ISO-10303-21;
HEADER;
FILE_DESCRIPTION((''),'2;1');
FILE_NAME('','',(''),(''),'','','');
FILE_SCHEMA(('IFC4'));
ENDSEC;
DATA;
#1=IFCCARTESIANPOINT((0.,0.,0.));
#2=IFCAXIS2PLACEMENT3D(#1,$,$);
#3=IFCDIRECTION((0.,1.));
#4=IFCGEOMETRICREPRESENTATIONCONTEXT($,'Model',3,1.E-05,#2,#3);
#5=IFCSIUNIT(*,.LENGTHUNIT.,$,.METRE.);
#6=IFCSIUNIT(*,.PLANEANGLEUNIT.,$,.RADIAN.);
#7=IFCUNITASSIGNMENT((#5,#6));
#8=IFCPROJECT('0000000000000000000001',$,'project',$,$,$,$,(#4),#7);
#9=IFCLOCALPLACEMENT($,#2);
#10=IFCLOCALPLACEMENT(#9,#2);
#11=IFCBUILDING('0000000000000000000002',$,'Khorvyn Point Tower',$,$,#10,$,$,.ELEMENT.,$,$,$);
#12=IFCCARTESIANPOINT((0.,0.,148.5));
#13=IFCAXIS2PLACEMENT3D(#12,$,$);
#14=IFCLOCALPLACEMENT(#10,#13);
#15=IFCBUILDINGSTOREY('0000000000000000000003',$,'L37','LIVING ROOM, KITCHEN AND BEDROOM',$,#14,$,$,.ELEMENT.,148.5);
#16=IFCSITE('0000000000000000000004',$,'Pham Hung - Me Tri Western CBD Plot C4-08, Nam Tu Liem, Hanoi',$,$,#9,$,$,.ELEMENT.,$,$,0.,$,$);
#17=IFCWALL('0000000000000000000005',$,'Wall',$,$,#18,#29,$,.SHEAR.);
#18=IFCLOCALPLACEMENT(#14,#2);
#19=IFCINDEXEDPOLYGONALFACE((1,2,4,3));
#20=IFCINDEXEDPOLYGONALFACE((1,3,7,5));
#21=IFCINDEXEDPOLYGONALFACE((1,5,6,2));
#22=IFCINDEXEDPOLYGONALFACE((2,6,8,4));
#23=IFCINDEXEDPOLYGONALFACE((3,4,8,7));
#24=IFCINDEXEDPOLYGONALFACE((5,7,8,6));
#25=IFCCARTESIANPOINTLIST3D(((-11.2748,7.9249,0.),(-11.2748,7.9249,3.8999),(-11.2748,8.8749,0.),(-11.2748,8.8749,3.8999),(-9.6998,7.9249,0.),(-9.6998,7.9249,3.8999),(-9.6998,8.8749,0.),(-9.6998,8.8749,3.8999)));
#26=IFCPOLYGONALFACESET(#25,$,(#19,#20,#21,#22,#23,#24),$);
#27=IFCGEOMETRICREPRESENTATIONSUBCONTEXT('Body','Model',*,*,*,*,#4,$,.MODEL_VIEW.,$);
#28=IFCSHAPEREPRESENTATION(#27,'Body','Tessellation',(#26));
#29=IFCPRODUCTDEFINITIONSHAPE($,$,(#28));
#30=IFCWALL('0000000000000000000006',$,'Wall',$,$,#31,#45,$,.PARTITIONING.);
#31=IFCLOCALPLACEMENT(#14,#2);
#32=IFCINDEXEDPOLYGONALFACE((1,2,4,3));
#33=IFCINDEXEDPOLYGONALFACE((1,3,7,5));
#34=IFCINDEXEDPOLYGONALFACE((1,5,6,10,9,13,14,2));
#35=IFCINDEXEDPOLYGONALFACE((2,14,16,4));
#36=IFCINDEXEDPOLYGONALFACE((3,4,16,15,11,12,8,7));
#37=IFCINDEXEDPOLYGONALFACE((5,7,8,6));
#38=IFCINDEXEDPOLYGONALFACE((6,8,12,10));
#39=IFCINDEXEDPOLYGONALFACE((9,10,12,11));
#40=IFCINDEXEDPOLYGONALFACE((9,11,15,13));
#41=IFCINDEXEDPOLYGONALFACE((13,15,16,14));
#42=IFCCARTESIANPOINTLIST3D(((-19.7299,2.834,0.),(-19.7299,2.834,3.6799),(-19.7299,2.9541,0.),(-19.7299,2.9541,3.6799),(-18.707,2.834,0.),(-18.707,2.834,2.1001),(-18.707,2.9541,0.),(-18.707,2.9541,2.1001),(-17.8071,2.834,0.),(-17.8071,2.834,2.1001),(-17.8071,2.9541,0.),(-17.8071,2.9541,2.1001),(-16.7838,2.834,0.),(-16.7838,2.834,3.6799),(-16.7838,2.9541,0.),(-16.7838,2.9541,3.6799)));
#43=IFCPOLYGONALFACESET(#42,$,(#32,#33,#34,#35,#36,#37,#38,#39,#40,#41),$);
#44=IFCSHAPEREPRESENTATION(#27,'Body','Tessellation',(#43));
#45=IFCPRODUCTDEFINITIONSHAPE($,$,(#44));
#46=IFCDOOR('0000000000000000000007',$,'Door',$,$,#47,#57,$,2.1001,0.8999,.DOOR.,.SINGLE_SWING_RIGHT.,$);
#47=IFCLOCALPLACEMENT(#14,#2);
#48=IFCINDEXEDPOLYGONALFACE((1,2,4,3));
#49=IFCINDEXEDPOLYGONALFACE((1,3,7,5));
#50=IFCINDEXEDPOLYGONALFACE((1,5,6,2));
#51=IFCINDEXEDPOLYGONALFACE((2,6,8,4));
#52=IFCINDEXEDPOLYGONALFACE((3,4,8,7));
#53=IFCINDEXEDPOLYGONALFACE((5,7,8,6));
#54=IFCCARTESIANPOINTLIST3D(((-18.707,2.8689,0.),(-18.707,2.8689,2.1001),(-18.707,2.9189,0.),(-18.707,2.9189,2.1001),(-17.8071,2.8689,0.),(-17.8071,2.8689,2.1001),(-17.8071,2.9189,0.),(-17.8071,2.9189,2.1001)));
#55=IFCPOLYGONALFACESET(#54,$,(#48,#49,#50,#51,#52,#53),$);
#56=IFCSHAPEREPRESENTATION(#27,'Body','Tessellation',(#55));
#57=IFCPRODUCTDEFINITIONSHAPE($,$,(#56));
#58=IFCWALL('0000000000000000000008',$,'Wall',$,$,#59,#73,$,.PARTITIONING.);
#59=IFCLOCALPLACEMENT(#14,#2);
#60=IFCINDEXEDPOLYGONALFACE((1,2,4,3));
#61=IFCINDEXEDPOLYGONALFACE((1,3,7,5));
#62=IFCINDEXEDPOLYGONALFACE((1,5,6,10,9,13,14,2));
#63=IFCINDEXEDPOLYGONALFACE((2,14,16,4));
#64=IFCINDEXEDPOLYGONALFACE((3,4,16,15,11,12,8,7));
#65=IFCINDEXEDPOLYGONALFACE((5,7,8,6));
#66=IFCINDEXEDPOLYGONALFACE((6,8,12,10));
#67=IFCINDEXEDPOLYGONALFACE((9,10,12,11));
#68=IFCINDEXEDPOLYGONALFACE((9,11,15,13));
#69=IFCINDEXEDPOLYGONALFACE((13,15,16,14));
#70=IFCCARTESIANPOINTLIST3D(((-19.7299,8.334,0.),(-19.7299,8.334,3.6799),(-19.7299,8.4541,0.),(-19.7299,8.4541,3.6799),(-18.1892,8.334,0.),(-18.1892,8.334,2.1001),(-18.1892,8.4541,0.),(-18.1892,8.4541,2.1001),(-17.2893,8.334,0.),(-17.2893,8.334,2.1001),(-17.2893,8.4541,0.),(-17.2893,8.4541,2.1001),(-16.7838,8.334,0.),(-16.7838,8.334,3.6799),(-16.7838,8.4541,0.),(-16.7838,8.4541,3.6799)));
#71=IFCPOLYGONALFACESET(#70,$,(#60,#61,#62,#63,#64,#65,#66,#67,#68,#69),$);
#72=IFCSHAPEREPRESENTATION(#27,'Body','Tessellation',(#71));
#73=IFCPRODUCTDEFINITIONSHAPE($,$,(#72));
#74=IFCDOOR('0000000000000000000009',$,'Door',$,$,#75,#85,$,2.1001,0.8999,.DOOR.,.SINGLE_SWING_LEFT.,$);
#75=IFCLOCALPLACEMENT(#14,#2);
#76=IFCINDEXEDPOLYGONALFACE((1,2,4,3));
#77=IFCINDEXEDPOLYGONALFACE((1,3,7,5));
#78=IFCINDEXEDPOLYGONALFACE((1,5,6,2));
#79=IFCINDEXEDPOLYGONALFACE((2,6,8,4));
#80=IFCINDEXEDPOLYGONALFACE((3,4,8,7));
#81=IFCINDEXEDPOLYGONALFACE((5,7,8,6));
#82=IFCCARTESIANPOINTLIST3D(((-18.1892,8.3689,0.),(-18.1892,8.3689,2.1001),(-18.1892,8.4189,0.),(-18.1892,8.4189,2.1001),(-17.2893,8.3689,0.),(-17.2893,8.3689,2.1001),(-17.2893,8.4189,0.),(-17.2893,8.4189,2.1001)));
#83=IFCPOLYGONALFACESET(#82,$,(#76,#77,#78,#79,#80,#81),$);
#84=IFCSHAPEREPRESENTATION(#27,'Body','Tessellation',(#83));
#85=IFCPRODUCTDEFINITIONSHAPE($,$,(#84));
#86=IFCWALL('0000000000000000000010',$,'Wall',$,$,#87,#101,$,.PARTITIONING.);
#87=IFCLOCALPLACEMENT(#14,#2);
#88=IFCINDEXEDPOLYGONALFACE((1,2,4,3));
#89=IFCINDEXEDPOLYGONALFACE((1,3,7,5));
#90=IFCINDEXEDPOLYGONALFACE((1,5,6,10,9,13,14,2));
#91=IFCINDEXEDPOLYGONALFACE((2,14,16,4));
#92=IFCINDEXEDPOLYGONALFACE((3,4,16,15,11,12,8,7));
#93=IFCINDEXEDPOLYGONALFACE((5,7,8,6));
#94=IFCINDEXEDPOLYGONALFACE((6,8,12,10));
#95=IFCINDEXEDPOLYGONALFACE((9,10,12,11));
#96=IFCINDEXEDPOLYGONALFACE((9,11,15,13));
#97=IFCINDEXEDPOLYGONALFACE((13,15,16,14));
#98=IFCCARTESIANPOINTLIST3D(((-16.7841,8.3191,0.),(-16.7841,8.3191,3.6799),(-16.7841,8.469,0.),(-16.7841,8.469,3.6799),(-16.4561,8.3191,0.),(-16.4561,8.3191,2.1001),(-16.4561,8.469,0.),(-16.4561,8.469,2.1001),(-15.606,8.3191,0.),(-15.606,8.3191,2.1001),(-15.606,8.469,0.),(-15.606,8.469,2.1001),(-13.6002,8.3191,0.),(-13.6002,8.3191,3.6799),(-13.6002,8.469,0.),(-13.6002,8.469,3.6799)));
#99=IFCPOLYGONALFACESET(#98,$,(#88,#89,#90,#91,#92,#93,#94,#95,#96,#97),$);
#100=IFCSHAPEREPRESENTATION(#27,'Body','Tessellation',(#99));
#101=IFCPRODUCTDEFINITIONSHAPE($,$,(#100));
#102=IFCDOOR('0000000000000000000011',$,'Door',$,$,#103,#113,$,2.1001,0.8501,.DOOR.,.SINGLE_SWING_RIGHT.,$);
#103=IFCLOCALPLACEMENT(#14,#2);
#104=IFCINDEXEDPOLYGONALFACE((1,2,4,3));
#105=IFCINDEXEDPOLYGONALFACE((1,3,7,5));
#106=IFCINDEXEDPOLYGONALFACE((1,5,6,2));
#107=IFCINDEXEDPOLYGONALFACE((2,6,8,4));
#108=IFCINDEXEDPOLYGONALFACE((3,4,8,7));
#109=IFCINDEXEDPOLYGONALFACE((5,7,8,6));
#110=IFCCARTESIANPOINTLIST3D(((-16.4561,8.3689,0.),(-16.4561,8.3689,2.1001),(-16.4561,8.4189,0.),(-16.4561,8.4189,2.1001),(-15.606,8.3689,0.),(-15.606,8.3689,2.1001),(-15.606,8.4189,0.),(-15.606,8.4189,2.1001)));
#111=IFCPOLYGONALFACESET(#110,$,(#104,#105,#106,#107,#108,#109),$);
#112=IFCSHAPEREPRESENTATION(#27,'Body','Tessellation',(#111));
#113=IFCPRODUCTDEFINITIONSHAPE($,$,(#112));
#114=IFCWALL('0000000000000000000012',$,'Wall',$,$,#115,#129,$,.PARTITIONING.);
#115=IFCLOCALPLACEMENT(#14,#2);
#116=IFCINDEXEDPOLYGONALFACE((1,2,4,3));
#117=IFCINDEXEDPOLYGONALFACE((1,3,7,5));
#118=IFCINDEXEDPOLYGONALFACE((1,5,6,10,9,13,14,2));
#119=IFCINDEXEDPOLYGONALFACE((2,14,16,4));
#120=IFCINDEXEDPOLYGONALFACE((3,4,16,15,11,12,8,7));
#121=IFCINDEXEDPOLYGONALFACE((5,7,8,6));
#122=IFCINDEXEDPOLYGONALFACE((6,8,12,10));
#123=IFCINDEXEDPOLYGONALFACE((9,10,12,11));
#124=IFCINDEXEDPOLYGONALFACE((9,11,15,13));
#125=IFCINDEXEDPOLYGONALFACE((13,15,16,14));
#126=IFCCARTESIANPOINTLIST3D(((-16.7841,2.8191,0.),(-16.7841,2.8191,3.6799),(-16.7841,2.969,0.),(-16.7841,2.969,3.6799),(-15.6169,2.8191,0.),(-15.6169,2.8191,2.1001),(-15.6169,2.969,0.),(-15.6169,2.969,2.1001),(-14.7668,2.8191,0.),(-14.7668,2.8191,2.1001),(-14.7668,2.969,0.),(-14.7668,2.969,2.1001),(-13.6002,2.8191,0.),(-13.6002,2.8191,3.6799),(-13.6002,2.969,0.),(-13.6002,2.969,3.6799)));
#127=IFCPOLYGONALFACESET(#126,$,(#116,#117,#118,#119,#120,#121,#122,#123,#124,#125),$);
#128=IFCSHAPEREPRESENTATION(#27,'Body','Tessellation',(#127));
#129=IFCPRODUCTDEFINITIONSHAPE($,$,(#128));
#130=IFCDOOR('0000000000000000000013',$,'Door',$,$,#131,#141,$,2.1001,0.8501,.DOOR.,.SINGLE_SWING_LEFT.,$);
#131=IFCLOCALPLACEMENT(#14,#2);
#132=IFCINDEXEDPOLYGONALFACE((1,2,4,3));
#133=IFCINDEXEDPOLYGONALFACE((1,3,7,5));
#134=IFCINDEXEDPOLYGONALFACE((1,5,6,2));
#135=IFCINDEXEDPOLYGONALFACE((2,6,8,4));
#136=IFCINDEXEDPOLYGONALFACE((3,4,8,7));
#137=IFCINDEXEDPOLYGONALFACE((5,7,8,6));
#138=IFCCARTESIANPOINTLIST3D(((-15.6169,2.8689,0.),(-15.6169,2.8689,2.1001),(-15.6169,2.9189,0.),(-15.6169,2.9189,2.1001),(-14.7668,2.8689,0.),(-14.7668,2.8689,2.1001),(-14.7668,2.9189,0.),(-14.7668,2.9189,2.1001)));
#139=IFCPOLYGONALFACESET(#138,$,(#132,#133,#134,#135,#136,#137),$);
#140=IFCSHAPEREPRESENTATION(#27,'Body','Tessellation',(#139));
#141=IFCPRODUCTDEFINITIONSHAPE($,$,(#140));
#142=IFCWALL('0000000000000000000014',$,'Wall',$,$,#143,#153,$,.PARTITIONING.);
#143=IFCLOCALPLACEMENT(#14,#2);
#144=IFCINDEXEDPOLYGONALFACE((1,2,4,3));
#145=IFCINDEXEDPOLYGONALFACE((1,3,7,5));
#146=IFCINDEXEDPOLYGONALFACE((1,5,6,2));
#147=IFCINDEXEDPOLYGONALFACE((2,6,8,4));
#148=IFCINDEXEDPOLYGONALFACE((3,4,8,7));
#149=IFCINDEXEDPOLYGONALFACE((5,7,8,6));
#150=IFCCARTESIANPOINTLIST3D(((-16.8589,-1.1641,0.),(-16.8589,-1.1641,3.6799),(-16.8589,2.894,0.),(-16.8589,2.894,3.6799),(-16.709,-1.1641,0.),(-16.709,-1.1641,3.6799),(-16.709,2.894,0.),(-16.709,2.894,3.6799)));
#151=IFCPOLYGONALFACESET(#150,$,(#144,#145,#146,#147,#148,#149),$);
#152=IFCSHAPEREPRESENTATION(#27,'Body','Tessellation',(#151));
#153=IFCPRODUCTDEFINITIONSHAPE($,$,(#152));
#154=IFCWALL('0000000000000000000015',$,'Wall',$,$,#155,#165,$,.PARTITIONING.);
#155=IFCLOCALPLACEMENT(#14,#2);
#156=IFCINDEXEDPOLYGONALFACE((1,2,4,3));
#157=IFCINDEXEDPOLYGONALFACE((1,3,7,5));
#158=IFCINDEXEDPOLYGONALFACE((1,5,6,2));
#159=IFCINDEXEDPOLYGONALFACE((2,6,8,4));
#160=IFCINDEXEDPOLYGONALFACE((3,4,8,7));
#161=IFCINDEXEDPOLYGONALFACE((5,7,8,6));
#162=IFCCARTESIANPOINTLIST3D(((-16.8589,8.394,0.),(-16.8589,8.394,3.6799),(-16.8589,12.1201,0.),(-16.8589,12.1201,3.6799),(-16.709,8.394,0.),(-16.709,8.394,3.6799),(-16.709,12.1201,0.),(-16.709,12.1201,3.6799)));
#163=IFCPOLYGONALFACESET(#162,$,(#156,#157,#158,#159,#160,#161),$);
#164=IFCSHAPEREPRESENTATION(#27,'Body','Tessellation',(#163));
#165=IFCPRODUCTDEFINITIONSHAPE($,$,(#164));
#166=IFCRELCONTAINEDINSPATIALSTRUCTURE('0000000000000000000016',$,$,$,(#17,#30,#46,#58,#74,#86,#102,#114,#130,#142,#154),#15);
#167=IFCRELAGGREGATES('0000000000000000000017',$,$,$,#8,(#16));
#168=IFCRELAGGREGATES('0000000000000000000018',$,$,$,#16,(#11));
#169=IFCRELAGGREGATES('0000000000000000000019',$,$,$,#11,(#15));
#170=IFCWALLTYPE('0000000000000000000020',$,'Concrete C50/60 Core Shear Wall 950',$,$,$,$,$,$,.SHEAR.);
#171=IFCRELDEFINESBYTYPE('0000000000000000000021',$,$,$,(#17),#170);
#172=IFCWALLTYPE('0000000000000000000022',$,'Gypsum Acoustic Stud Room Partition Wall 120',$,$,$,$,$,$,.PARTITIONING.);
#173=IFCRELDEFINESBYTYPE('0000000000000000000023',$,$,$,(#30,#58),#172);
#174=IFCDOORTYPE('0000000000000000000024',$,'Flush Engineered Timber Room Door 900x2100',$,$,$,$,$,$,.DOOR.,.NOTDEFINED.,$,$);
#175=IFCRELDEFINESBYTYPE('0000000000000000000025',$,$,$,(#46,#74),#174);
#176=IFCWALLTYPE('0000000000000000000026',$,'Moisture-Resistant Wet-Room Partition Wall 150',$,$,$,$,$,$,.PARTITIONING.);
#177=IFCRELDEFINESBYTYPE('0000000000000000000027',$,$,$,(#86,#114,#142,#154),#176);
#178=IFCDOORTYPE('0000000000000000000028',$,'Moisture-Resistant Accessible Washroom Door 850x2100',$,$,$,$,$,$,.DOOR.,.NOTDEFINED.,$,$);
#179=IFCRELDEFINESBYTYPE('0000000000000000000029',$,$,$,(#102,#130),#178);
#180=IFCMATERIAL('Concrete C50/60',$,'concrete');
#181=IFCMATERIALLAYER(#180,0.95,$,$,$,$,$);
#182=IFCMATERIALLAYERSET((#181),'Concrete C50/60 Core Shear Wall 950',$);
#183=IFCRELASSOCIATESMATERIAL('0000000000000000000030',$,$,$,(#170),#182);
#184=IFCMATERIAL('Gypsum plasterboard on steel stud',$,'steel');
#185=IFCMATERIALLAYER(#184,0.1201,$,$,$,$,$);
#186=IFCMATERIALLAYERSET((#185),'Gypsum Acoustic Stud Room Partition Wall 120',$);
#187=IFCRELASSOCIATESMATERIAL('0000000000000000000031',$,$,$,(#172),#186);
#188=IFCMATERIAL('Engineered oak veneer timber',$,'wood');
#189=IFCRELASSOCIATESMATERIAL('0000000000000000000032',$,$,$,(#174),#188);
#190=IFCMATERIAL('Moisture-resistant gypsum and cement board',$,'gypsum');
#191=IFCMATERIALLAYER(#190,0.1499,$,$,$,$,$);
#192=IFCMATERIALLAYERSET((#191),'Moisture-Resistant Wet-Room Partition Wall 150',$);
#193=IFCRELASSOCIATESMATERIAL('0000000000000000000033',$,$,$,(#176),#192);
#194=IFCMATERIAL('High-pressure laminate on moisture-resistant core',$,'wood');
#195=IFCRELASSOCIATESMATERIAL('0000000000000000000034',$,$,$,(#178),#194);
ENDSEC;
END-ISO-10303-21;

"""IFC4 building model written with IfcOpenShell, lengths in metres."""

from ifc_helpers import new_model, si_unit, direction, frame, frame_2d, origin, place, context, subcontext, project, spatial, rectangle, extrude, material, layer, layer_set, type_object, element, fill, save


model = new_model("IFC4")

# Units and contexts
model_context = context("Model", 3, precision=1e-05, world=origin(), true_north=direction((0.0, 1.0)))
body_context = subcontext(model_context, "Body", "Model", "MODEL_VIEW")
ifc_project = project(units=[si_unit("LENGTHUNIT", "METRE"), si_unit("PLANEANGLEUNIT", "RADIAN")], contexts=[model_context])

# Site, building, storey
site_placement = place(None, origin())
site = spatial("IfcSite", under=ifc_project, at=site_placement, Name="Pham Hung - Me Tri Western CBD Plot C4-08, Nam Tu Liem, Hanoi", CompositionType="ELEMENT", RefElevation=0.0)
building_placement = place(site_placement, origin())
building = spatial("IfcBuilding", under=site, at=building_placement, Name="Khorvyn Point Tower", CompositionType="ELEMENT")
storey_placement = place(building_placement, frame((0.0, 0.0, 148.5)))
storey = spatial("IfcBuildingStorey", under=building, at=storey_placement, Name="L37", Description="LIVING ROOM, KITCHEN AND BEDROOM", CompositionType="ELEMENT", Elevation=148.5)

# Shared definitions
ifc_material_1 = material(Name="Concrete C50/60", Category="concrete")

# Wall
ifc_layer_1 = layer(ifc_material_1, 0.95)
ifc_layer_set_1 = layer_set([ifc_layer_1], Name="Concrete C50/60 Core Shear Wall 950")
wall_type_1 = type_object("IfcWallType", Name="Concrete C50/60 Core Shear Wall 950", PredefinedType="SHEAR", material=ifc_layer_set_1)
wall_1_placement = place(storey_placement, frame((-11.2749, 8.3999, 0.0), z_axis=(0.0, 0.0, 1.0), x_axis=(1.0, 0.0, 0.0)))
element("IfcWall", 1, at=wall_1_placement, inside=storey, type_object=wall_type_1, Name="Wall", PredefinedType="SHEAR", context=body_context, shape_type="SweptSolid", body=[
    extrude(rectangle(XDim=1.575, YDim=0.95, at=frame_2d((0.7876, 0.0))), origin(), (0.0, 0.0, 1.0), 3.8999),
])

# Walls, openings, doors
ifc_material_2 = material(Name="Gypsum plasterboard on steel stud", Category="steel")
ifc_layer_2 = layer(ifc_material_2, 0.1201)
ifc_layer_set_2 = layer_set([ifc_layer_2], Name="Gypsum Acoustic Stud Room Partition Wall 120")
wall_type_2 = type_object("IfcWallType", Name="Gypsum Acoustic Stud Room Partition Wall 120", PredefinedType="PARTITIONING", material=ifc_layer_set_2)
wall_2_placement = place(storey_placement, frame((-19.73, 2.894, 0.0), z_axis=(0.0, 0.0, 1.0), x_axis=(1.0, 0.0, 0.0)))
wall_2 = element("IfcWall", 2, at=wall_2_placement, inside=storey, type_object=wall_type_2, Name="Wall", PredefinedType="PARTITIONING", context=body_context, shape_type="SweptSolid", body=[
    extrude(rectangle(XDim=2.946, YDim=0.1201, at=frame_2d((1.4731, 0.0))), origin(), (0.0, 0.0, 1.0), 3.6799),
])
opening_1_placement = place(wall_2_placement, frame((1.0229, 0.0, 0.0)))
opening_1 = element("IfcOpeningElement", 3, at=opening_1_placement, cuts=wall_2, PredefinedType="OPENING", context=body_context, shape_type="SweptSolid", body=[
    extrude(rectangle(XDim=0.8999, YDim=2.1001, at=frame_2d((0.45, 1.05))), frame((0.0, 0.0701, 0.0), z_axis=(0.0, -1.0, 0.0), x_axis=(1.0, 0.0, 0.0)), (0.0, 0.0, 1.0), 0.1401),
])
ifc_material_3 = material(Name="Engineered oak veneer timber", Category="wood")
door_type_1 = type_object("IfcDoorType", Name="Flush Engineered Timber Room Door 900x2100", OperationType="NOTDEFINED", PredefinedType="DOOR", material=ifc_material_3)
door_1_placement = place(opening_1_placement, origin())
door_1 = element("IfcDoor", 4, at=door_1_placement, inside=storey, type_object=door_type_1, Name="Door", OperationType="SINGLE_SWING_RIGHT", OverallHeight=2.1001, OverallWidth=0.8999, PredefinedType="DOOR", context=body_context, shape_type="SweptSolid", body=[
    extrude(rectangle(XDim=0.8999, YDim=2.1001, at=frame_2d((0.45, 1.05))), frame((0.0, 0.0249, 0.0), z_axis=(0.0, -1.0, 0.0), x_axis=(1.0, 0.0, 0.0)), (0.0, 0.0, 1.0), 0.05),
])
fill(opening_1, door_1)
wall_3_placement = place(storey_placement, frame((-19.73, 8.394, 0.0), z_axis=(0.0, 0.0, 1.0), x_axis=(1.0, 0.0, 0.0)))
wall_3 = element("IfcWall", 5, at=wall_3_placement, inside=storey, type_object=wall_type_2, Name="Wall", PredefinedType="PARTITIONING", context=body_context, shape_type="SweptSolid", body=[
    extrude(rectangle(XDim=2.946, YDim=0.1201, at=frame_2d((1.4731, 0.0))), origin(), (0.0, 0.0, 1.0), 3.6799),
])
opening_2_placement = place(wall_3_placement, frame((1.5408, 0.0, 0.0)))
opening_2 = element("IfcOpeningElement", 6, at=opening_2_placement, cuts=wall_3, PredefinedType="OPENING", context=body_context, shape_type="SweptSolid", body=[
    extrude(rectangle(XDim=0.8999, YDim=2.1001, at=frame_2d((0.45, 1.05))), frame((0.0, 0.0701, 0.0), z_axis=(0.0, -1.0, 0.0), x_axis=(1.0, 0.0, 0.0)), (0.0, 0.0, 1.0), 0.1401),
])
door_2_placement = place(opening_2_placement, origin())
door_2 = element("IfcDoor", 7, at=door_2_placement, inside=storey, type_object=door_type_1, Name="Door", OperationType="SINGLE_SWING_LEFT", OverallHeight=2.1001, OverallWidth=0.8999, PredefinedType="DOOR", context=body_context, shape_type="SweptSolid", body=[
    extrude(rectangle(XDim=0.8999, YDim=2.1001, at=frame_2d((0.45, 1.05))), frame((0.0, 0.0249, 0.0), z_axis=(0.0, -1.0, 0.0), x_axis=(1.0, 0.0, 0.0)), (0.0, 0.0, 1.0), 0.05),
])
fill(opening_2, door_2)
ifc_material_4 = material(Name="Moisture-resistant gypsum and cement board", Category="gypsum")
ifc_layer_3 = layer(ifc_material_4, 0.1499)
ifc_layer_set_3 = layer_set([ifc_layer_3], Name="Moisture-Resistant Wet-Room Partition Wall 150")
wall_type_3 = type_object("IfcWallType", Name="Moisture-Resistant Wet-Room Partition Wall 150", PredefinedType="PARTITIONING", material=ifc_layer_set_3)
wall_4_placement = place(storey_placement, frame((-16.7839, 8.394, 0.0), z_axis=(0.0, 0.0, 1.0), x_axis=(1.0, 0.0, 0.0)))
wall_4 = element("IfcWall", 8, at=wall_4_placement, inside=storey, type_object=wall_type_3, Name="Wall", PredefinedType="PARTITIONING", context=body_context, shape_type="SweptSolid", body=[
    extrude(rectangle(XDim=3.1838, YDim=0.1499, at=frame_2d((1.5918, 0.0))), origin(), (0.0, 0.0, 1.0), 3.6799),
])
opening_3_placement = place(wall_4_placement, frame((0.3279, 0.0, 0.0)))
opening_3 = element("IfcOpeningElement", 9, at=opening_3_placement, cuts=wall_4, PredefinedType="OPENING", context=body_context, shape_type="SweptSolid", body=[
    extrude(rectangle(XDim=0.8501, YDim=2.1001, at=frame_2d((0.425, 1.05))), frame((0.0, 0.085, 0.0), z_axis=(0.0, -1.0, 0.0), x_axis=(1.0, 0.0, 0.0)), (0.0, 0.0, 1.0), 0.1699),
])
ifc_material_5 = material(Name="High-pressure laminate on moisture-resistant core", Category="wood")
door_type_2 = type_object("IfcDoorType", Name="Moisture-Resistant Accessible Washroom Door 850x2100", OperationType="NOTDEFINED", PredefinedType="DOOR", material=ifc_material_5)
door_3_placement = place(opening_3_placement, origin())
door_3 = element("IfcDoor", 10, at=door_3_placement, inside=storey, type_object=door_type_2, Name="Door", OperationType="SINGLE_SWING_RIGHT", OverallHeight=2.1001, OverallWidth=0.8501, PredefinedType="DOOR", context=body_context, shape_type="SweptSolid", body=[
    extrude(rectangle(XDim=0.8501, YDim=2.1001, at=frame_2d((0.425, 1.05))), frame((0.0, 0.0249, 0.0), z_axis=(0.0, -1.0, 0.0), x_axis=(1.0, 0.0, 0.0)), (0.0, 0.0, 1.0), 0.05),
])
fill(opening_3, door_3)
wall_5_placement = place(storey_placement, frame((-16.7839, 2.894, 0.0), z_axis=(0.0, 0.0, 1.0), x_axis=(1.0, 0.0, 0.0)))
wall_5 = element("IfcWall", 11, at=wall_5_placement, inside=storey, type_object=wall_type_3, Name="Wall", PredefinedType="PARTITIONING", context=body_context, shape_type="SweptSolid", body=[
    extrude(rectangle(XDim=3.1838, YDim=0.1499, at=frame_2d((1.5918, 0.0))), origin(), (0.0, 0.0, 1.0), 3.6799),
])
opening_4_placement = place(wall_5_placement, frame((1.167, 0.0, 0.0)))
opening_4 = element("IfcOpeningElement", 12, at=opening_4_placement, cuts=wall_5, PredefinedType="OPENING", context=body_context, shape_type="SweptSolid", body=[
    extrude(rectangle(XDim=0.8501, YDim=2.1001, at=frame_2d((0.425, 1.05))), frame((0.0, 0.085, 0.0), z_axis=(0.0, -1.0, 0.0), x_axis=(1.0, 0.0, 0.0)), (0.0, 0.0, 1.0), 0.1699),
])
door_4_placement = place(opening_4_placement, origin())
door_4 = element("IfcDoor", 13, at=door_4_placement, inside=storey, type_object=door_type_2, Name="Door", OperationType="SINGLE_SWING_LEFT", OverallHeight=2.1001, OverallWidth=0.8501, PredefinedType="DOOR", context=body_context, shape_type="SweptSolid", body=[
    extrude(rectangle(XDim=0.8501, YDim=2.1001, at=frame_2d((0.425, 1.05))), frame((0.0, 0.0249, 0.0), z_axis=(0.0, -1.0, 0.0), x_axis=(1.0, 0.0, 0.0)), (0.0, 0.0, 1.0), 0.05),
])
fill(opening_4, door_4)

# Walls
wall_6_placement = place(storey_placement, frame((-16.7839, -1.1641, 0.0), z_axis=(0.0, 0.0, 1.0), x_axis=(0.0, 1.0, 0.0)))
element("IfcWall", 14, at=wall_6_placement, inside=storey, type_object=wall_type_3, Name="Wall", PredefinedType="PARTITIONING", context=body_context, shape_type="SweptSolid", body=[
    extrude(rectangle(XDim=4.0581, YDim=0.1499, at=frame_2d((2.0291, 0.0))), origin(), (0.0, 0.0, 1.0), 3.6799),
])
wall_7_placement = place(storey_placement, frame((-16.7839, 8.394, 0.0), z_axis=(0.0, 0.0, 1.0), x_axis=(0.0, 1.0, 0.0)))
element("IfcWall", 15, at=wall_7_placement, inside=storey, type_object=wall_type_3, Name="Wall", PredefinedType="PARTITIONING", context=body_context, shape_type="SweptSolid", body=[
    extrude(rectangle(XDim=3.7261, YDim=0.1499, at=frame_2d((1.863, 0.0))), origin(), (0.0, 0.0, 1.0), 3.6799),
])

save(model, "model.ifc")
